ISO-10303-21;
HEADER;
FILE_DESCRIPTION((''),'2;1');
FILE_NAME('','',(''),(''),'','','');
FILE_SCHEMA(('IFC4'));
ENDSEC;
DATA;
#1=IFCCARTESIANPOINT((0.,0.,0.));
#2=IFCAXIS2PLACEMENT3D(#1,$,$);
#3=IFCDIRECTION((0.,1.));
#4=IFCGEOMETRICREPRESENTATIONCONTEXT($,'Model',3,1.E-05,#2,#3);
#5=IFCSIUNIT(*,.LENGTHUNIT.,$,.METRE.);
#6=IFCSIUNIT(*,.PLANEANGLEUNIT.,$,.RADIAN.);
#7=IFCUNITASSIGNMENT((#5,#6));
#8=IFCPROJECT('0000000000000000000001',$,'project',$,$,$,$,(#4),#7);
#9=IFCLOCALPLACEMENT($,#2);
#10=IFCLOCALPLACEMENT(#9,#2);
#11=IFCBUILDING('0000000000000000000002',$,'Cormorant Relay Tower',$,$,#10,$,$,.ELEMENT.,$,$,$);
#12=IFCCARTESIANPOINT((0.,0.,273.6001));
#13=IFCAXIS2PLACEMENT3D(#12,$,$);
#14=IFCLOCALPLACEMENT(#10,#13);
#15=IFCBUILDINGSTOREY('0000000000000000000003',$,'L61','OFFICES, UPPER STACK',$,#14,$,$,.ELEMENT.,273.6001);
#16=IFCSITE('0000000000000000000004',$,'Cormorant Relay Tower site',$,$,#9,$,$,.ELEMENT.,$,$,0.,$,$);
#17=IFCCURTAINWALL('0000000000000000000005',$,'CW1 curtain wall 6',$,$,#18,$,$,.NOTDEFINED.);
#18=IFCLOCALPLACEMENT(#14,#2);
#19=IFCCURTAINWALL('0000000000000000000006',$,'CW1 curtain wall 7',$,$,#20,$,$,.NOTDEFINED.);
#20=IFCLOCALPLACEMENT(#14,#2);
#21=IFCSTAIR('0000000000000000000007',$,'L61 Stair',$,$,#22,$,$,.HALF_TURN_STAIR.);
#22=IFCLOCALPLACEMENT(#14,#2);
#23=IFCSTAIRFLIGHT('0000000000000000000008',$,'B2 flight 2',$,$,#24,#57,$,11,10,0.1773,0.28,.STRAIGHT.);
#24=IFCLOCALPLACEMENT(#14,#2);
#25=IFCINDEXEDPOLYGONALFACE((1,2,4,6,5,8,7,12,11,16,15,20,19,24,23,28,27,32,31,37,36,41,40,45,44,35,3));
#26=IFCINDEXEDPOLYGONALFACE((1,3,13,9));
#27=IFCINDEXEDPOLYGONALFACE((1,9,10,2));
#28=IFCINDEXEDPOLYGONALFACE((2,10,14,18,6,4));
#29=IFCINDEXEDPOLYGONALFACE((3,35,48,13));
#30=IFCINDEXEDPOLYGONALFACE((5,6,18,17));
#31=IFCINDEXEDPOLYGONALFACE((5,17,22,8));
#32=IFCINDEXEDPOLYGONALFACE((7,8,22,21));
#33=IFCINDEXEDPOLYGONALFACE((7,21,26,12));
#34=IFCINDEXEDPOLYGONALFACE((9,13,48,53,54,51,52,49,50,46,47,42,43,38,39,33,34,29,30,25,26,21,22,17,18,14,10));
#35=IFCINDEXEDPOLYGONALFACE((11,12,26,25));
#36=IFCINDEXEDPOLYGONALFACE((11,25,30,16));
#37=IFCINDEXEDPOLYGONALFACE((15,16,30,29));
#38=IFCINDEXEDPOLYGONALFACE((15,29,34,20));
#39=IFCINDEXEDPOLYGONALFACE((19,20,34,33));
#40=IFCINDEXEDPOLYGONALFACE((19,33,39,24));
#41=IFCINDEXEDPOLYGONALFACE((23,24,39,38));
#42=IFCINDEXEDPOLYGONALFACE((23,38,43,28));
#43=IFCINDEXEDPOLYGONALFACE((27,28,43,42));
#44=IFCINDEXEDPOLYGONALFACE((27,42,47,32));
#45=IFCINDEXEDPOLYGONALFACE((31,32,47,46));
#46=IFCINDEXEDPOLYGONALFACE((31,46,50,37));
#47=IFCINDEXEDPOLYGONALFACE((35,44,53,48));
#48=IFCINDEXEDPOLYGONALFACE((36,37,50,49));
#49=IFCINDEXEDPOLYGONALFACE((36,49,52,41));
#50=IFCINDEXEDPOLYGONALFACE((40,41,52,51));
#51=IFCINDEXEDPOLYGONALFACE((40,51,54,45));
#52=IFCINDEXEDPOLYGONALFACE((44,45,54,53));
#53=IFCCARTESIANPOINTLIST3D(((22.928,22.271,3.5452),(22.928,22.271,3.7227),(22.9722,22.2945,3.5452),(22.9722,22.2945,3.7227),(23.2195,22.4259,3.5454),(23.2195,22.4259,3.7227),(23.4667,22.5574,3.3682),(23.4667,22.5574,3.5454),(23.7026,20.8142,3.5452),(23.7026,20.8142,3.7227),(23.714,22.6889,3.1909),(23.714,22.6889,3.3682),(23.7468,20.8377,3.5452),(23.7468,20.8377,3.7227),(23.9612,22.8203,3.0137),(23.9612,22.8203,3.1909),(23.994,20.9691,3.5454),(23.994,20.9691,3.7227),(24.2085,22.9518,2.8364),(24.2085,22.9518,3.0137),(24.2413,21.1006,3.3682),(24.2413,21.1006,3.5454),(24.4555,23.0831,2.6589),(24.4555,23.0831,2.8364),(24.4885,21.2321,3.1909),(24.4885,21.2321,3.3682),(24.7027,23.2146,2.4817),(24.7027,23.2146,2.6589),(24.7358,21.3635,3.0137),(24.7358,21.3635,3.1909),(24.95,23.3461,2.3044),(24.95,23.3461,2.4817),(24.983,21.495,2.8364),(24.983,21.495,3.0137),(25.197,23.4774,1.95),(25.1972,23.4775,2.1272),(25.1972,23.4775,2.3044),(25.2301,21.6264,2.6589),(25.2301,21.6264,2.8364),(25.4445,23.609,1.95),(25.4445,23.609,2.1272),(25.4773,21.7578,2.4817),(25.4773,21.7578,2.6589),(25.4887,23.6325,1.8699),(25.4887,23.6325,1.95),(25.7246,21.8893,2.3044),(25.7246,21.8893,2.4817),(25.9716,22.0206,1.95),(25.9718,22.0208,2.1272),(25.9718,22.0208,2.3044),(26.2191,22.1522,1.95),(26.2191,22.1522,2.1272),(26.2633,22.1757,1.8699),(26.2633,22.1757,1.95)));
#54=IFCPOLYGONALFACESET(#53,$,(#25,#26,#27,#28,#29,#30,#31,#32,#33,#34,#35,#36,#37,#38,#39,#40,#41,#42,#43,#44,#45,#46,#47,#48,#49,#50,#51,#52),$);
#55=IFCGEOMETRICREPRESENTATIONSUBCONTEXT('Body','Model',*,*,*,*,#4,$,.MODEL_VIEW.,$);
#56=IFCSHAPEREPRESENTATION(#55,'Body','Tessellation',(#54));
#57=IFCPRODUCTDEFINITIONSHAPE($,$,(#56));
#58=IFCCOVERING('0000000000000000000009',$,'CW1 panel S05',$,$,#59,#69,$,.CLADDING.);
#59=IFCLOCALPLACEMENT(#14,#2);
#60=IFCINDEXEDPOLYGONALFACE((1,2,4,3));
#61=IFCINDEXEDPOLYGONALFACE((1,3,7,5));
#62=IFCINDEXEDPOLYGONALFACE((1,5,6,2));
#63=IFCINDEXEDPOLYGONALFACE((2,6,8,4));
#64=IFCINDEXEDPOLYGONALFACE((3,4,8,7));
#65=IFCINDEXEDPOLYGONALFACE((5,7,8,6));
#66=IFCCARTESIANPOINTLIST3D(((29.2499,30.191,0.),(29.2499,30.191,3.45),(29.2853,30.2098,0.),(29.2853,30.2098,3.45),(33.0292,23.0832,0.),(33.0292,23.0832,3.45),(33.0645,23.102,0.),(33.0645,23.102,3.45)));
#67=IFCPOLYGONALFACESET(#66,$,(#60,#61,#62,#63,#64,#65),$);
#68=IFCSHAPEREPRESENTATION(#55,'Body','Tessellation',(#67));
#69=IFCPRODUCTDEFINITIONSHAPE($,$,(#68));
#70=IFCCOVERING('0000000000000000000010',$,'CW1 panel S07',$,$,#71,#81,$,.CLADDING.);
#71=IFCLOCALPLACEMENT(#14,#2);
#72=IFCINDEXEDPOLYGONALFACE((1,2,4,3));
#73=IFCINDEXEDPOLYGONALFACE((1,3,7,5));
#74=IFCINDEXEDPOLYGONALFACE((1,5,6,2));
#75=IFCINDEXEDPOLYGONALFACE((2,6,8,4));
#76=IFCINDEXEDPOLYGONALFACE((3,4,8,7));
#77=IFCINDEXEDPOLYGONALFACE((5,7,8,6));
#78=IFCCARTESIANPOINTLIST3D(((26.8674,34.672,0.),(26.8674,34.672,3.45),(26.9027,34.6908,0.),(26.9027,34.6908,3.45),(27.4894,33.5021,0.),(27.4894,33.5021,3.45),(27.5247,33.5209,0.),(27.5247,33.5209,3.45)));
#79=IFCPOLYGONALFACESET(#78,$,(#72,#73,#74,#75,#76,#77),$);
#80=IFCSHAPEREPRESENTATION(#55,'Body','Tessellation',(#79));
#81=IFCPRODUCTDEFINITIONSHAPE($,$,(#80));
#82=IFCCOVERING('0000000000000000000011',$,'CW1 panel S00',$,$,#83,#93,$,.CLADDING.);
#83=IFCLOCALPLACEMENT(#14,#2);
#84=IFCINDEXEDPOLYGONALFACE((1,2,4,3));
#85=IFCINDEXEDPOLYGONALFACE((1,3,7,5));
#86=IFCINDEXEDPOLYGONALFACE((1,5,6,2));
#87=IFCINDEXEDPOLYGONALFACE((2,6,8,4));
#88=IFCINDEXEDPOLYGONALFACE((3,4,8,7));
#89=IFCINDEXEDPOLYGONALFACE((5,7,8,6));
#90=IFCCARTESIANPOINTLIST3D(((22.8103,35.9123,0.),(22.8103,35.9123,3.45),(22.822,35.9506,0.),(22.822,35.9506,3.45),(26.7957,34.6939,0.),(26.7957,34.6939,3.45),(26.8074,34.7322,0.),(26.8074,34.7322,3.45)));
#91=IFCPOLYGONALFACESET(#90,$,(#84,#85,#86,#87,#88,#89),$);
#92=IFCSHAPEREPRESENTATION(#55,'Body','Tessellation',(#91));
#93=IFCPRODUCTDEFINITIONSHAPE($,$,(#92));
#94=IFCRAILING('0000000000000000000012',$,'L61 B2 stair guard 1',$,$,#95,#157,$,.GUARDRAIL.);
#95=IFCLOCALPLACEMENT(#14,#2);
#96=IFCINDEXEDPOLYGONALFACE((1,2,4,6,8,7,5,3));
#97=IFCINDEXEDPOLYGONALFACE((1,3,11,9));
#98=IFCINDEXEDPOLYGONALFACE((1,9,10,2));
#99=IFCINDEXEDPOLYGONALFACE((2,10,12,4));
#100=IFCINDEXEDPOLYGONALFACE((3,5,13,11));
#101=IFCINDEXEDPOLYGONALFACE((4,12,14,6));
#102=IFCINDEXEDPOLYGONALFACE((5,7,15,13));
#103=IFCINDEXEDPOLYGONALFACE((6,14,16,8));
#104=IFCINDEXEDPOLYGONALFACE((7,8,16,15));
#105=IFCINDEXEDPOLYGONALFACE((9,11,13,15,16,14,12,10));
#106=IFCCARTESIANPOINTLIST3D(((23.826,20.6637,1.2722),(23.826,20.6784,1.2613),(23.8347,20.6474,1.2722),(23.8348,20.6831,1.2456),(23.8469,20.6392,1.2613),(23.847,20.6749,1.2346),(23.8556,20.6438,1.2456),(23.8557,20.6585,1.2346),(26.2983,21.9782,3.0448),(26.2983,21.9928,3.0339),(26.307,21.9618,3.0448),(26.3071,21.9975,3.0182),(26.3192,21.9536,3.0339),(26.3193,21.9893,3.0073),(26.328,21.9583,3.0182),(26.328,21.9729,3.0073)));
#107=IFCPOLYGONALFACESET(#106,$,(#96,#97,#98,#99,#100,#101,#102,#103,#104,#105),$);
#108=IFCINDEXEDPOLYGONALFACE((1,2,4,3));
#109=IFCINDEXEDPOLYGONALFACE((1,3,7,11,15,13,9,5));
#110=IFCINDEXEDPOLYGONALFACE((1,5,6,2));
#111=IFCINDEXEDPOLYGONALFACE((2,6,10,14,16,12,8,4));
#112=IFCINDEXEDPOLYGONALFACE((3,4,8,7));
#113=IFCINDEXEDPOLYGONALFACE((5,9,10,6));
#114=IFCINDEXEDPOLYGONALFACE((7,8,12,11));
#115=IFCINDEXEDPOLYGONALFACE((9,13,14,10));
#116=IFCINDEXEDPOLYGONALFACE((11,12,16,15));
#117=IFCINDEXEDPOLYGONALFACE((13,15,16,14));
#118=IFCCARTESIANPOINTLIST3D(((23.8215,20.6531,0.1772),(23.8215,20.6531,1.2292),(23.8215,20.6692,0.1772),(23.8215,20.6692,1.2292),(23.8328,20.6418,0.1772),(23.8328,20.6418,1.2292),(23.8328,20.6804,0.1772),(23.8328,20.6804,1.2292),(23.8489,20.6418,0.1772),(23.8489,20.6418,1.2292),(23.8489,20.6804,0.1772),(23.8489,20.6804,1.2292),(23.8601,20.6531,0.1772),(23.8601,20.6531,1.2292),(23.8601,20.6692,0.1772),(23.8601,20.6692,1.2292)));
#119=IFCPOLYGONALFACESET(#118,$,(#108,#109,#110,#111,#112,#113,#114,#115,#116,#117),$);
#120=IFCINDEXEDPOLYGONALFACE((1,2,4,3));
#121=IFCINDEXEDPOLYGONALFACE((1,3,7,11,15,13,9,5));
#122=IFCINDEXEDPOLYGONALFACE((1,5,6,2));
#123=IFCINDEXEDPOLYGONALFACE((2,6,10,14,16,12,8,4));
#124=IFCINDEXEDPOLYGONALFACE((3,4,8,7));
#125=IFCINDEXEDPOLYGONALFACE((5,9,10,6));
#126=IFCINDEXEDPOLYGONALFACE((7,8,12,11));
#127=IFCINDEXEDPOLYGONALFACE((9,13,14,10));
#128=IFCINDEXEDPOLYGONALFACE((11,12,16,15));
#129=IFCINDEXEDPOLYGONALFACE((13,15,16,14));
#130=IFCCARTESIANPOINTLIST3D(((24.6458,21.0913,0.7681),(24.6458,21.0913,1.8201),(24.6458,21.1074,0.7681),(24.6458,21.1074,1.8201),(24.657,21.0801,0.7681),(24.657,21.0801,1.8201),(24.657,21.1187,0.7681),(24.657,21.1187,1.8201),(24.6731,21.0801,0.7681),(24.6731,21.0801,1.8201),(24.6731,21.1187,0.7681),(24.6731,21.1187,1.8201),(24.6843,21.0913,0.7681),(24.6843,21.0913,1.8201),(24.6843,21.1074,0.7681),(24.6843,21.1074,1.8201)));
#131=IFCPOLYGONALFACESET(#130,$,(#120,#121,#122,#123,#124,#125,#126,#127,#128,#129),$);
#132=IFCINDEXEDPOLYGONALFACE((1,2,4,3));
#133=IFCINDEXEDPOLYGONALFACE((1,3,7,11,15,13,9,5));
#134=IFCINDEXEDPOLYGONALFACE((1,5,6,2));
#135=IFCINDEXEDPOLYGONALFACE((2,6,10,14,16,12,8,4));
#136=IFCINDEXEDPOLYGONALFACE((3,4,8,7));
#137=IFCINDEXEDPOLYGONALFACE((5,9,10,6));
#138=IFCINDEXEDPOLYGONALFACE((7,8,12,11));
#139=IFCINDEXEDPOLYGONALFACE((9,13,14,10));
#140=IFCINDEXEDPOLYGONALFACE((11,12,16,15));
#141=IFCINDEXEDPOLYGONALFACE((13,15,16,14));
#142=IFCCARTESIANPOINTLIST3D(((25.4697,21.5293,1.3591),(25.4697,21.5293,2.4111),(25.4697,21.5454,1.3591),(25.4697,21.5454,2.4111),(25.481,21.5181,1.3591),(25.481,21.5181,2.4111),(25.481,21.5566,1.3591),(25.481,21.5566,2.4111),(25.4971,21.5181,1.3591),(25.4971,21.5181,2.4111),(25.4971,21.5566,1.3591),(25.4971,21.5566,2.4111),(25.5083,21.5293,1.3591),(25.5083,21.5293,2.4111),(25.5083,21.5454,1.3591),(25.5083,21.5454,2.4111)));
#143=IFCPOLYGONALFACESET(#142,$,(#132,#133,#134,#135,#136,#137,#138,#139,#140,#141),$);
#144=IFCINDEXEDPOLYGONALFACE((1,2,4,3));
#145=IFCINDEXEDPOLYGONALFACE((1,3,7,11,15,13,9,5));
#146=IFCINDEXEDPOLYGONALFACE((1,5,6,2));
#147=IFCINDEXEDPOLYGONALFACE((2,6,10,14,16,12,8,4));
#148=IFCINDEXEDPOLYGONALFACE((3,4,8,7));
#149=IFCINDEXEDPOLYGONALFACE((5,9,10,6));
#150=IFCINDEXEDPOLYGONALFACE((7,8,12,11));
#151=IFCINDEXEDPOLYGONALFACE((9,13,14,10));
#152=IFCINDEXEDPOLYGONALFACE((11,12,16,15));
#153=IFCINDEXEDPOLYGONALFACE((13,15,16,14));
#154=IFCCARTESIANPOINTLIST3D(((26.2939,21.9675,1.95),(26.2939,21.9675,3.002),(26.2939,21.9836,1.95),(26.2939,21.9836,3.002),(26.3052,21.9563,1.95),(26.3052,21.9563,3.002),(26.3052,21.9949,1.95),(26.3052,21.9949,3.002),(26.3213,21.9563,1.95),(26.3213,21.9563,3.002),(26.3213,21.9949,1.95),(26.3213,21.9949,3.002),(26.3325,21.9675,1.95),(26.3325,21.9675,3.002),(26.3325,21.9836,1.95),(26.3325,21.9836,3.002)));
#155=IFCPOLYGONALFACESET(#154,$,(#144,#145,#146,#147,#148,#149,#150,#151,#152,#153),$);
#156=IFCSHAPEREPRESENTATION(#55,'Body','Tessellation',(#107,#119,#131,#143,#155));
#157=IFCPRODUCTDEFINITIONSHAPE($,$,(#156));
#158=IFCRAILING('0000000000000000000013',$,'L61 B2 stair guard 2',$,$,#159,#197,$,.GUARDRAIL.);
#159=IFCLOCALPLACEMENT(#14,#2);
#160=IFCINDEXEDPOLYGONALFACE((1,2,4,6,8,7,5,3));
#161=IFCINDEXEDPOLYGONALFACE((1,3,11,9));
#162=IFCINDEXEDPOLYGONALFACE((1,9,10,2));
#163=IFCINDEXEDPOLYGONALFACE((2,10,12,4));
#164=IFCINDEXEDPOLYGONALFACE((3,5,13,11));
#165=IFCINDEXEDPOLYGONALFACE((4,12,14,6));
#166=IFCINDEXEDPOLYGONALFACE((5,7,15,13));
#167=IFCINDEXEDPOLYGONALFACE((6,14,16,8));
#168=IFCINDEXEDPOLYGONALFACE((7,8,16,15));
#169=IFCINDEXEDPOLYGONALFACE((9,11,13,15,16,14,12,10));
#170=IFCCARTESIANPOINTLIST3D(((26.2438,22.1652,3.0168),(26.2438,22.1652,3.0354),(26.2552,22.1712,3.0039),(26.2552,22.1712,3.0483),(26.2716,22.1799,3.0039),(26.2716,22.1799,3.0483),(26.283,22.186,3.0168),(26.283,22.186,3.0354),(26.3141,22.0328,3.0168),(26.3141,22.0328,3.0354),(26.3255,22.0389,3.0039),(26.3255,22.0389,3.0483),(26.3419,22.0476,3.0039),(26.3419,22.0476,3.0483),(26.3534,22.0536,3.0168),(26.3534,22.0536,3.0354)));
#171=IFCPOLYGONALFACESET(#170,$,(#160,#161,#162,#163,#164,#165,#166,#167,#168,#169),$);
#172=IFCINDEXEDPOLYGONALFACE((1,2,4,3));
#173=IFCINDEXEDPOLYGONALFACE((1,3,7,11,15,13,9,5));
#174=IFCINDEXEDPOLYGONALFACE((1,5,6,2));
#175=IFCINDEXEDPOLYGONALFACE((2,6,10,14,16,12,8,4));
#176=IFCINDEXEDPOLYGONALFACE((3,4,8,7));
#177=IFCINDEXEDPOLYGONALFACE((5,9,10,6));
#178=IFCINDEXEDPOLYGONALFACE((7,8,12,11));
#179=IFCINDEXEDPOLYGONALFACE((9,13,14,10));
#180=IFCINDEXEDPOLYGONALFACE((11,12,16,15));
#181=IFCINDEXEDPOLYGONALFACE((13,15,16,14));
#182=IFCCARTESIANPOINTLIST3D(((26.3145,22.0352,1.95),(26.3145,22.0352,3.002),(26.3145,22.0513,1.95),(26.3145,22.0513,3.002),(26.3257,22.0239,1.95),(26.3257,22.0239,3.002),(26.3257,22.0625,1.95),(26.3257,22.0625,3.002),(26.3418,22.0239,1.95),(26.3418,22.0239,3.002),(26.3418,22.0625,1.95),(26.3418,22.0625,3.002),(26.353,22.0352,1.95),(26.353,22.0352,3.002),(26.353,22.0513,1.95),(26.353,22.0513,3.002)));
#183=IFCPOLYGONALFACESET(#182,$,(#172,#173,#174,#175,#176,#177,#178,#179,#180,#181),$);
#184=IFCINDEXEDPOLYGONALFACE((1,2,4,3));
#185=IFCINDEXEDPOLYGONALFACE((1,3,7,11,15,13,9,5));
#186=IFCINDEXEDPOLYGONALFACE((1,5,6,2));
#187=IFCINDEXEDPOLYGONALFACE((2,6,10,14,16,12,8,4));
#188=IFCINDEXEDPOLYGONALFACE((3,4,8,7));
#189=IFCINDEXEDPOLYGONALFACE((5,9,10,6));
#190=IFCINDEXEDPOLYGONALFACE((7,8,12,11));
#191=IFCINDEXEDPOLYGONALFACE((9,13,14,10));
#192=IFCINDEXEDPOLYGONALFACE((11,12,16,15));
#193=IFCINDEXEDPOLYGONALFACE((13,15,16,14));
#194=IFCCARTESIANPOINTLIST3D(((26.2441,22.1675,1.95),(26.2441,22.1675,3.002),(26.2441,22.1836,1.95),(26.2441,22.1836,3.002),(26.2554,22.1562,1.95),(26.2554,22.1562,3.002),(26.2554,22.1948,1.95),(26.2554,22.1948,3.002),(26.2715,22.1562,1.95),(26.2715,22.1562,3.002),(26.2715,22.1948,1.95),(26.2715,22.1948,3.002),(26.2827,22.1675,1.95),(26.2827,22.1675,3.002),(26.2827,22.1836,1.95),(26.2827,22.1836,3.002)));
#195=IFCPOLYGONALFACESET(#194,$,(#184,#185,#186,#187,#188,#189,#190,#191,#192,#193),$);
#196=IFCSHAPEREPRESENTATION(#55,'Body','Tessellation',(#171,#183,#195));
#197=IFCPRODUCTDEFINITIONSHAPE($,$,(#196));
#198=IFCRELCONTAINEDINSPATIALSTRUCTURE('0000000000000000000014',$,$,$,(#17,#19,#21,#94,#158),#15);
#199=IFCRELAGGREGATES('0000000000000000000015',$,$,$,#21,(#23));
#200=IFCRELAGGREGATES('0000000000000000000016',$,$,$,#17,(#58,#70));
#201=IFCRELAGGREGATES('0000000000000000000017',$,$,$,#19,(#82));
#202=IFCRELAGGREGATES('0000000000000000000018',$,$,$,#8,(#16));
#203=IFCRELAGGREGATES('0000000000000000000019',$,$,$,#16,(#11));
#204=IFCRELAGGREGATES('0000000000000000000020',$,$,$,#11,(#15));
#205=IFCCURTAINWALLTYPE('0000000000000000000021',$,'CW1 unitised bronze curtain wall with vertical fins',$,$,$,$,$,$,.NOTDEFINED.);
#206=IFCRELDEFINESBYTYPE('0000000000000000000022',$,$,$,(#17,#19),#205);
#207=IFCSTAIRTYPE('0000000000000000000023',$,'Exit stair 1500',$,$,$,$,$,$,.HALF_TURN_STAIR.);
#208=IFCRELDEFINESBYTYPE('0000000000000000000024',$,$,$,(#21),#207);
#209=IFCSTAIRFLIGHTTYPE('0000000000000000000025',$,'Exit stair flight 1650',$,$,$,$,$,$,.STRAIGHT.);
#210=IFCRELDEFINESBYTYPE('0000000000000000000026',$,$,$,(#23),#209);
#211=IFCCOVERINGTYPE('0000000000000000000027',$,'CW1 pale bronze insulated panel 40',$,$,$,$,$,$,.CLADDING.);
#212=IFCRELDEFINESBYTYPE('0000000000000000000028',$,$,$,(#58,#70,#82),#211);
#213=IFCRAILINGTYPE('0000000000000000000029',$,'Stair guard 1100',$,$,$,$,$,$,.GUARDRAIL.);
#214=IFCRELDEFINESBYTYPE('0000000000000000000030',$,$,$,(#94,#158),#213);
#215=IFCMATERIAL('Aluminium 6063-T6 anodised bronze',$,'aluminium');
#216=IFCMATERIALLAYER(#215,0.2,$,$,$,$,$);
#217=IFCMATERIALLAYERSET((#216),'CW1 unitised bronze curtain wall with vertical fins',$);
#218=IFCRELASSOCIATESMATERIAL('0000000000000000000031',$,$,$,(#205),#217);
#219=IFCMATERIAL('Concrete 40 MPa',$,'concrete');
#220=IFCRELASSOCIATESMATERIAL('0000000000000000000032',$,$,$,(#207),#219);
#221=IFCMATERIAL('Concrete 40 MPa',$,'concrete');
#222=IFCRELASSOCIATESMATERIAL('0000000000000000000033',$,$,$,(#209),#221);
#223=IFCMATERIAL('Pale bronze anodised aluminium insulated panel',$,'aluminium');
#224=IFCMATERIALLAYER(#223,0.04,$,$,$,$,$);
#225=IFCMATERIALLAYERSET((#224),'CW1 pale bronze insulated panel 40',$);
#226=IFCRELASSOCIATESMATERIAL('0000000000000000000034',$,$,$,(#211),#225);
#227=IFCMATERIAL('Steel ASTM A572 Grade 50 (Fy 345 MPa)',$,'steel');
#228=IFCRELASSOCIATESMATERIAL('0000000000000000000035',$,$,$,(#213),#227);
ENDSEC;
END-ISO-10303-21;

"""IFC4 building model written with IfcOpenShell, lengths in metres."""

from ifc_helpers import new_model, si_unit, direction, frame, origin, origin_2d, place, context, subcontext, project, spatial, polyline, rectangle, outline, extrude, material, layer, layer_set, type_object, element, aggregate, save


model = new_model("IFC4")

# Units and contexts
model_context = context("Model", 3, precision=1e-05, world=origin(), true_north=direction((0.0, 1.0)))
body_context = subcontext(model_context, "Body", "Model", "MODEL_VIEW")
ifc_project = project(units=[si_unit("LENGTHUNIT", "METRE"), si_unit("PLANEANGLEUNIT", "RADIAN")], contexts=[model_context])

# Site, building, storey
site_placement = place(None, origin())
site = spatial("IfcSite", under=ifc_project, at=site_placement, Name="Cormorant Relay Tower site", CompositionType="ELEMENT", RefElevation=0.0)
building_placement = place(site_placement, origin())
building = spatial("IfcBuilding", under=site, at=building_placement, Name="Cormorant Relay Tower", CompositionType="ELEMENT")
storey_placement = place(building_placement, frame((0.0, 0.0, 273.6001)))
storey = spatial("IfcBuildingStorey", under=building, at=storey_placement, Name="L61", Description="OFFICES, UPPER STACK", CompositionType="ELEMENT", Elevation=273.6001)

# Curtain walls
ifc_material_1 = material(Name="Aluminium 6063-T6 anodised bronze", Category="aluminium")
ifc_layer_1 = layer(ifc_material_1, 0.2)
ifc_layer_set_1 = layer_set([ifc_layer_1], Name="CW1 unitised bronze curtain wall with vertical fins")
curtain_wall_type = type_object("IfcCurtainWallType", Name="CW1 unitised bronze curtain wall with vertical fins", PredefinedType="NOTDEFINED", material=ifc_layer_set_1)
curtain_wall_1_placement = place(storey_placement, origin())
curtain_wall_1 = element("IfcCurtainWall", 1, at=curtain_wall_1_placement, inside=storey, type_object=curtain_wall_type, Name="CW1 curtain wall 6", PredefinedType="NOTDEFINED")
curtain_wall_2_placement = place(storey_placement, origin())
curtain_wall_2 = element("IfcCurtainWall", 2, at=curtain_wall_2_placement, inside=storey, type_object=curtain_wall_type, Name="CW1 curtain wall 7", PredefinedType="NOTDEFINED")

# Stair, stair flight
ifc_material_2 = material(Name="Concrete 40 MPa", Category="concrete")
stair_type = type_object("IfcStairType", Name="Exit stair 1500", PredefinedType="HALF_TURN_STAIR", material=ifc_material_2)
stair_placement = place(storey_placement, origin())
stair = element("IfcStair", 3, at=stair_placement, inside=storey, type_object=stair_type, Name="L61 Stair", PredefinedType="HALF_TURN_STAIR")
ifc_material_3 = material(Name="Concrete 40 MPa", Category="concrete")
stair_flight_type = type_object("IfcStairFlightType", Name="Exit stair flight 1650", PredefinedType="STRAIGHT", material=ifc_material_3)
stair_flight_1_placement = place(storey_placement, frame((25.8318, 22.8806, 1.95), z_axis=(0.0, 0.0, 1.0), x_axis=(-0.882948, -0.469472, 0.0)))
stair_flight_1 = element("IfcStairFlight", 4, at=stair_flight_1_placement, type_object=stair_flight_type, Name="B2 flight 2", NumberOfRisers=11, NumberOfTreads=10, PredefinedType="STRAIGHT", RiserHeight=0.1773, TreadLength=0.28, context=body_context, shape_type="SweptSolid", body=[
    extrude(outline(polyline([(-0.05, -0.0801), (-0.05, 0.0), (0.0, 0.0), (0.0, 0.1772), (0.28, 0.1772), (0.28, 0.3545), (0.5601, 0.3545), (0.5601, 0.5317), (0.8401, 0.5317), (0.8401, 0.709), (1.1201, 0.709), (1.1201, 0.8865), (1.3999, 0.8865), (1.3999, 1.0637), (1.6799, 1.0637), (1.6799, 1.241), (1.96, 1.241), (1.96, 1.4182), (2.24, 1.4182), (2.24, 1.5955), (2.52, 1.5955), (2.52, 1.7727), (2.8, 1.7727), (2.8501, 1.7727), (2.8501, 1.5952), (2.8, 1.5952), (0.2803, 0.0), (-0.05, -0.0801)])), frame((0.0, 0.825, 0.0), z_axis=(0.0, -1.0, 0.0), x_axis=(1.0, 0.0, 0.0)), (0.0, 0.0, 1.0), 1.6499),
])
aggregate(stair, [stair_flight_1])

# Coverings
ifc_material_4 = material(Name="Pale bronze anodised aluminium insulated panel", Category="aluminium")
ifc_layer_2 = layer(ifc_material_4, 0.04)
ifc_layer_set_2 = layer_set([ifc_layer_2], Name="CW1 pale bronze insulated panel 40")
covering_type = type_object("IfcCoveringType", Name="CW1 pale bronze insulated panel 40", PredefinedType="CLADDING", material=ifc_layer_set_2)
covering_1_placement = place(storey_placement, frame((31.1572, 26.6465, 0.0), z_axis=(0.0, 0.0, 1.0), x_axis=(-0.469472, 0.882948, 0.0)))
covering_1 = element("IfcCovering", 5, at=covering_1_placement, type_object=covering_type, Name="CW1 panel S05", PredefinedType="CLADDING", context=body_context, shape_type="SweptSolid", body=[
    extrude(rectangle(XDim=8.05, YDim=0.04, at=origin_2d()), origin(), (0.0, 0.0, 1.0), 3.45),
])
covering_2_placement = place(storey_placement, frame((27.196, 34.0964, 0.0), z_axis=(0.0, 0.0, 1.0), x_axis=(-0.469472, 0.882948, 0.0)))
covering_2 = element("IfcCovering", 6, at=covering_2_placement, type_object=covering_type, Name="CW1 panel S07", PredefinedType="CLADDING", context=body_context, shape_type="SweptSolid", body=[
    extrude(rectangle(XDim=1.325, YDim=0.04, at=origin_2d()), origin(), (0.0, 0.0, 1.0), 3.45),
])
aggregate(curtain_wall_1, [covering_1, covering_2])
covering_3_placement = place(storey_placement, frame((24.8088, 35.3223, 0.0), z_axis=(0.0, 0.0, 1.0), x_axis=(-0.956305, 0.292372, 0.0)))
covering_3 = element("IfcCovering", 7, at=covering_3_placement, type_object=covering_type, Name="CW1 panel S00", PredefinedType="CLADDING", context=body_context, shape_type="SweptSolid", body=[
    extrude(rectangle(XDim=4.1675, YDim=0.04, at=origin_2d()), origin(), (0.0, 0.0, 1.0), 3.45),
])
aggregate(curtain_wall_2, [covering_3])

# Railings
ifc_material_5 = material(Name="Steel ASTM A572 Grade 50 (Fy 345 MPa)", Category="steel")
railing_type_1 = type_object("IfcRailingType", Name="Stair guard 1100", PredefinedType="GUARDRAIL", material=ifc_material_5)
railing_1_placement = place(storey_placement, frame((23.8408, 20.6611, 0.1772)))
element("IfcRailing", 8, at=railing_1_placement, inside=storey, type_object=railing_type_1, Name="L61 B2 stair guard 1", PredefinedType="GUARDRAIL", context=body_context, shape_type="SweptSolid", body=[
    extrude(outline(polyline([(0.0222, 0.0093), (0.0093, 0.0222), (-0.0093, 0.0222), (-0.0222, 0.0093), (-0.0222, -0.0093), (-0.0093, -0.0222), (0.0093, -0.0222), (0.0222, -0.0093), (0.0222, 0.0093)])), frame((0.0, 0.0, 1.0762), z_axis=(0.746034, 0.396627, 0.534902), x_axis=(-0.469429, 0.88297, 0.0)), (0.0, 0.0, 1.0), 3.314),
    extrude(outline(polyline([(0.0193, 0.0081), (0.0081, 0.0193), (-0.0081, 0.0193), (-0.0193, 0.0081), (-0.0193, -0.0081), (-0.0081, -0.0193), (0.0081, -0.0193), (0.0193, -0.0081), (0.0193, 0.0081)])), origin(), (0.0, 0.0, 1.0), 1.052),
    extrude(outline(polyline([(0.0193, 0.0081), (0.0081, 0.0193), (-0.0081, 0.0193), (-0.0193, 0.0081), (-0.0193, -0.0081), (-0.0081, -0.0193), (0.0081, -0.0193), (0.0193, -0.0081), (0.0193, 0.0081)])), frame((0.8242, 0.4382, 0.5908)), (0.0, 0.0, 1.0), 1.052),
    extrude(outline(polyline([(0.0193, 0.0081), (0.0081, 0.0193), (-0.0081, 0.0193), (-0.0193, 0.0081), (-0.0193, -0.0081), (-0.0081, -0.0193), (0.0081, -0.0193), (0.0193, -0.0081), (0.0193, 0.0081)])), frame((1.6482, 0.8762, 1.1819)), (0.0, 0.0, 1.0), 1.052),
    extrude(outline(polyline([(0.0193, 0.0081), (0.0081, 0.0193), (-0.0081, 0.0193), (-0.0193, 0.0081), (-0.0193, -0.0081), (-0.0081, -0.0193), (0.0081, -0.0193), (0.0193, -0.0081), (0.0193, 0.0081)])), frame((2.4724, 1.3145, 1.7727)), (0.0, 0.0, 1.0), 1.052),
])
railing_2_placement = place(storey_placement, frame((26.3337, 22.0432, 1.95)))
element("IfcRailing", 9, at=railing_2_placement, inside=storey, type_object=railing_type_1, Name="L61 B2 stair guard 2", PredefinedType="GUARDRAIL", context=body_context, shape_type="SweptSolid", body=[
    extrude(outline(polyline([(0.0222, 0.0093), (0.0093, 0.0222), (-0.0093, 0.0222), (-0.0222, 0.0093), (-0.0222, -0.0093), (-0.0093, -0.0222), (0.0093, -0.0222), (0.0222, -0.0093), (0.0222, 0.0093)])), frame((0.0, 0.0, 1.0762), z_axis=(-0.469235, 0.883074, 0.0), x_axis=(-0.883074, -0.469235, 0.0)), (0.0, 0.0, 1.0), 0.1499),
    extrude(outline(polyline([(0.0193, 0.0081), (0.0081, 0.0193), (-0.0081, 0.0193), (-0.0193, 0.0081), (-0.0193, -0.0081), (-0.0081, -0.0193), (0.0081, -0.0193), (0.0193, -0.0081), (0.0193, 0.0081)])), origin(), (0.0, 0.0, 1.0), 1.052),
    extrude(outline(polyline([(0.0193, 0.0081), (0.0081, 0.0193), (-0.0081, 0.0193), (-0.0193, 0.0081), (-0.0193, -0.0081), (-0.0081, -0.0193), (0.0081, -0.0193), (0.0193, -0.0081), (0.0193, 0.0081)])), frame((-0.0703, 0.1323, 0.0)), (0.0, 0.0, 1.0), 1.052),
])

save(model, "model.ifc")
